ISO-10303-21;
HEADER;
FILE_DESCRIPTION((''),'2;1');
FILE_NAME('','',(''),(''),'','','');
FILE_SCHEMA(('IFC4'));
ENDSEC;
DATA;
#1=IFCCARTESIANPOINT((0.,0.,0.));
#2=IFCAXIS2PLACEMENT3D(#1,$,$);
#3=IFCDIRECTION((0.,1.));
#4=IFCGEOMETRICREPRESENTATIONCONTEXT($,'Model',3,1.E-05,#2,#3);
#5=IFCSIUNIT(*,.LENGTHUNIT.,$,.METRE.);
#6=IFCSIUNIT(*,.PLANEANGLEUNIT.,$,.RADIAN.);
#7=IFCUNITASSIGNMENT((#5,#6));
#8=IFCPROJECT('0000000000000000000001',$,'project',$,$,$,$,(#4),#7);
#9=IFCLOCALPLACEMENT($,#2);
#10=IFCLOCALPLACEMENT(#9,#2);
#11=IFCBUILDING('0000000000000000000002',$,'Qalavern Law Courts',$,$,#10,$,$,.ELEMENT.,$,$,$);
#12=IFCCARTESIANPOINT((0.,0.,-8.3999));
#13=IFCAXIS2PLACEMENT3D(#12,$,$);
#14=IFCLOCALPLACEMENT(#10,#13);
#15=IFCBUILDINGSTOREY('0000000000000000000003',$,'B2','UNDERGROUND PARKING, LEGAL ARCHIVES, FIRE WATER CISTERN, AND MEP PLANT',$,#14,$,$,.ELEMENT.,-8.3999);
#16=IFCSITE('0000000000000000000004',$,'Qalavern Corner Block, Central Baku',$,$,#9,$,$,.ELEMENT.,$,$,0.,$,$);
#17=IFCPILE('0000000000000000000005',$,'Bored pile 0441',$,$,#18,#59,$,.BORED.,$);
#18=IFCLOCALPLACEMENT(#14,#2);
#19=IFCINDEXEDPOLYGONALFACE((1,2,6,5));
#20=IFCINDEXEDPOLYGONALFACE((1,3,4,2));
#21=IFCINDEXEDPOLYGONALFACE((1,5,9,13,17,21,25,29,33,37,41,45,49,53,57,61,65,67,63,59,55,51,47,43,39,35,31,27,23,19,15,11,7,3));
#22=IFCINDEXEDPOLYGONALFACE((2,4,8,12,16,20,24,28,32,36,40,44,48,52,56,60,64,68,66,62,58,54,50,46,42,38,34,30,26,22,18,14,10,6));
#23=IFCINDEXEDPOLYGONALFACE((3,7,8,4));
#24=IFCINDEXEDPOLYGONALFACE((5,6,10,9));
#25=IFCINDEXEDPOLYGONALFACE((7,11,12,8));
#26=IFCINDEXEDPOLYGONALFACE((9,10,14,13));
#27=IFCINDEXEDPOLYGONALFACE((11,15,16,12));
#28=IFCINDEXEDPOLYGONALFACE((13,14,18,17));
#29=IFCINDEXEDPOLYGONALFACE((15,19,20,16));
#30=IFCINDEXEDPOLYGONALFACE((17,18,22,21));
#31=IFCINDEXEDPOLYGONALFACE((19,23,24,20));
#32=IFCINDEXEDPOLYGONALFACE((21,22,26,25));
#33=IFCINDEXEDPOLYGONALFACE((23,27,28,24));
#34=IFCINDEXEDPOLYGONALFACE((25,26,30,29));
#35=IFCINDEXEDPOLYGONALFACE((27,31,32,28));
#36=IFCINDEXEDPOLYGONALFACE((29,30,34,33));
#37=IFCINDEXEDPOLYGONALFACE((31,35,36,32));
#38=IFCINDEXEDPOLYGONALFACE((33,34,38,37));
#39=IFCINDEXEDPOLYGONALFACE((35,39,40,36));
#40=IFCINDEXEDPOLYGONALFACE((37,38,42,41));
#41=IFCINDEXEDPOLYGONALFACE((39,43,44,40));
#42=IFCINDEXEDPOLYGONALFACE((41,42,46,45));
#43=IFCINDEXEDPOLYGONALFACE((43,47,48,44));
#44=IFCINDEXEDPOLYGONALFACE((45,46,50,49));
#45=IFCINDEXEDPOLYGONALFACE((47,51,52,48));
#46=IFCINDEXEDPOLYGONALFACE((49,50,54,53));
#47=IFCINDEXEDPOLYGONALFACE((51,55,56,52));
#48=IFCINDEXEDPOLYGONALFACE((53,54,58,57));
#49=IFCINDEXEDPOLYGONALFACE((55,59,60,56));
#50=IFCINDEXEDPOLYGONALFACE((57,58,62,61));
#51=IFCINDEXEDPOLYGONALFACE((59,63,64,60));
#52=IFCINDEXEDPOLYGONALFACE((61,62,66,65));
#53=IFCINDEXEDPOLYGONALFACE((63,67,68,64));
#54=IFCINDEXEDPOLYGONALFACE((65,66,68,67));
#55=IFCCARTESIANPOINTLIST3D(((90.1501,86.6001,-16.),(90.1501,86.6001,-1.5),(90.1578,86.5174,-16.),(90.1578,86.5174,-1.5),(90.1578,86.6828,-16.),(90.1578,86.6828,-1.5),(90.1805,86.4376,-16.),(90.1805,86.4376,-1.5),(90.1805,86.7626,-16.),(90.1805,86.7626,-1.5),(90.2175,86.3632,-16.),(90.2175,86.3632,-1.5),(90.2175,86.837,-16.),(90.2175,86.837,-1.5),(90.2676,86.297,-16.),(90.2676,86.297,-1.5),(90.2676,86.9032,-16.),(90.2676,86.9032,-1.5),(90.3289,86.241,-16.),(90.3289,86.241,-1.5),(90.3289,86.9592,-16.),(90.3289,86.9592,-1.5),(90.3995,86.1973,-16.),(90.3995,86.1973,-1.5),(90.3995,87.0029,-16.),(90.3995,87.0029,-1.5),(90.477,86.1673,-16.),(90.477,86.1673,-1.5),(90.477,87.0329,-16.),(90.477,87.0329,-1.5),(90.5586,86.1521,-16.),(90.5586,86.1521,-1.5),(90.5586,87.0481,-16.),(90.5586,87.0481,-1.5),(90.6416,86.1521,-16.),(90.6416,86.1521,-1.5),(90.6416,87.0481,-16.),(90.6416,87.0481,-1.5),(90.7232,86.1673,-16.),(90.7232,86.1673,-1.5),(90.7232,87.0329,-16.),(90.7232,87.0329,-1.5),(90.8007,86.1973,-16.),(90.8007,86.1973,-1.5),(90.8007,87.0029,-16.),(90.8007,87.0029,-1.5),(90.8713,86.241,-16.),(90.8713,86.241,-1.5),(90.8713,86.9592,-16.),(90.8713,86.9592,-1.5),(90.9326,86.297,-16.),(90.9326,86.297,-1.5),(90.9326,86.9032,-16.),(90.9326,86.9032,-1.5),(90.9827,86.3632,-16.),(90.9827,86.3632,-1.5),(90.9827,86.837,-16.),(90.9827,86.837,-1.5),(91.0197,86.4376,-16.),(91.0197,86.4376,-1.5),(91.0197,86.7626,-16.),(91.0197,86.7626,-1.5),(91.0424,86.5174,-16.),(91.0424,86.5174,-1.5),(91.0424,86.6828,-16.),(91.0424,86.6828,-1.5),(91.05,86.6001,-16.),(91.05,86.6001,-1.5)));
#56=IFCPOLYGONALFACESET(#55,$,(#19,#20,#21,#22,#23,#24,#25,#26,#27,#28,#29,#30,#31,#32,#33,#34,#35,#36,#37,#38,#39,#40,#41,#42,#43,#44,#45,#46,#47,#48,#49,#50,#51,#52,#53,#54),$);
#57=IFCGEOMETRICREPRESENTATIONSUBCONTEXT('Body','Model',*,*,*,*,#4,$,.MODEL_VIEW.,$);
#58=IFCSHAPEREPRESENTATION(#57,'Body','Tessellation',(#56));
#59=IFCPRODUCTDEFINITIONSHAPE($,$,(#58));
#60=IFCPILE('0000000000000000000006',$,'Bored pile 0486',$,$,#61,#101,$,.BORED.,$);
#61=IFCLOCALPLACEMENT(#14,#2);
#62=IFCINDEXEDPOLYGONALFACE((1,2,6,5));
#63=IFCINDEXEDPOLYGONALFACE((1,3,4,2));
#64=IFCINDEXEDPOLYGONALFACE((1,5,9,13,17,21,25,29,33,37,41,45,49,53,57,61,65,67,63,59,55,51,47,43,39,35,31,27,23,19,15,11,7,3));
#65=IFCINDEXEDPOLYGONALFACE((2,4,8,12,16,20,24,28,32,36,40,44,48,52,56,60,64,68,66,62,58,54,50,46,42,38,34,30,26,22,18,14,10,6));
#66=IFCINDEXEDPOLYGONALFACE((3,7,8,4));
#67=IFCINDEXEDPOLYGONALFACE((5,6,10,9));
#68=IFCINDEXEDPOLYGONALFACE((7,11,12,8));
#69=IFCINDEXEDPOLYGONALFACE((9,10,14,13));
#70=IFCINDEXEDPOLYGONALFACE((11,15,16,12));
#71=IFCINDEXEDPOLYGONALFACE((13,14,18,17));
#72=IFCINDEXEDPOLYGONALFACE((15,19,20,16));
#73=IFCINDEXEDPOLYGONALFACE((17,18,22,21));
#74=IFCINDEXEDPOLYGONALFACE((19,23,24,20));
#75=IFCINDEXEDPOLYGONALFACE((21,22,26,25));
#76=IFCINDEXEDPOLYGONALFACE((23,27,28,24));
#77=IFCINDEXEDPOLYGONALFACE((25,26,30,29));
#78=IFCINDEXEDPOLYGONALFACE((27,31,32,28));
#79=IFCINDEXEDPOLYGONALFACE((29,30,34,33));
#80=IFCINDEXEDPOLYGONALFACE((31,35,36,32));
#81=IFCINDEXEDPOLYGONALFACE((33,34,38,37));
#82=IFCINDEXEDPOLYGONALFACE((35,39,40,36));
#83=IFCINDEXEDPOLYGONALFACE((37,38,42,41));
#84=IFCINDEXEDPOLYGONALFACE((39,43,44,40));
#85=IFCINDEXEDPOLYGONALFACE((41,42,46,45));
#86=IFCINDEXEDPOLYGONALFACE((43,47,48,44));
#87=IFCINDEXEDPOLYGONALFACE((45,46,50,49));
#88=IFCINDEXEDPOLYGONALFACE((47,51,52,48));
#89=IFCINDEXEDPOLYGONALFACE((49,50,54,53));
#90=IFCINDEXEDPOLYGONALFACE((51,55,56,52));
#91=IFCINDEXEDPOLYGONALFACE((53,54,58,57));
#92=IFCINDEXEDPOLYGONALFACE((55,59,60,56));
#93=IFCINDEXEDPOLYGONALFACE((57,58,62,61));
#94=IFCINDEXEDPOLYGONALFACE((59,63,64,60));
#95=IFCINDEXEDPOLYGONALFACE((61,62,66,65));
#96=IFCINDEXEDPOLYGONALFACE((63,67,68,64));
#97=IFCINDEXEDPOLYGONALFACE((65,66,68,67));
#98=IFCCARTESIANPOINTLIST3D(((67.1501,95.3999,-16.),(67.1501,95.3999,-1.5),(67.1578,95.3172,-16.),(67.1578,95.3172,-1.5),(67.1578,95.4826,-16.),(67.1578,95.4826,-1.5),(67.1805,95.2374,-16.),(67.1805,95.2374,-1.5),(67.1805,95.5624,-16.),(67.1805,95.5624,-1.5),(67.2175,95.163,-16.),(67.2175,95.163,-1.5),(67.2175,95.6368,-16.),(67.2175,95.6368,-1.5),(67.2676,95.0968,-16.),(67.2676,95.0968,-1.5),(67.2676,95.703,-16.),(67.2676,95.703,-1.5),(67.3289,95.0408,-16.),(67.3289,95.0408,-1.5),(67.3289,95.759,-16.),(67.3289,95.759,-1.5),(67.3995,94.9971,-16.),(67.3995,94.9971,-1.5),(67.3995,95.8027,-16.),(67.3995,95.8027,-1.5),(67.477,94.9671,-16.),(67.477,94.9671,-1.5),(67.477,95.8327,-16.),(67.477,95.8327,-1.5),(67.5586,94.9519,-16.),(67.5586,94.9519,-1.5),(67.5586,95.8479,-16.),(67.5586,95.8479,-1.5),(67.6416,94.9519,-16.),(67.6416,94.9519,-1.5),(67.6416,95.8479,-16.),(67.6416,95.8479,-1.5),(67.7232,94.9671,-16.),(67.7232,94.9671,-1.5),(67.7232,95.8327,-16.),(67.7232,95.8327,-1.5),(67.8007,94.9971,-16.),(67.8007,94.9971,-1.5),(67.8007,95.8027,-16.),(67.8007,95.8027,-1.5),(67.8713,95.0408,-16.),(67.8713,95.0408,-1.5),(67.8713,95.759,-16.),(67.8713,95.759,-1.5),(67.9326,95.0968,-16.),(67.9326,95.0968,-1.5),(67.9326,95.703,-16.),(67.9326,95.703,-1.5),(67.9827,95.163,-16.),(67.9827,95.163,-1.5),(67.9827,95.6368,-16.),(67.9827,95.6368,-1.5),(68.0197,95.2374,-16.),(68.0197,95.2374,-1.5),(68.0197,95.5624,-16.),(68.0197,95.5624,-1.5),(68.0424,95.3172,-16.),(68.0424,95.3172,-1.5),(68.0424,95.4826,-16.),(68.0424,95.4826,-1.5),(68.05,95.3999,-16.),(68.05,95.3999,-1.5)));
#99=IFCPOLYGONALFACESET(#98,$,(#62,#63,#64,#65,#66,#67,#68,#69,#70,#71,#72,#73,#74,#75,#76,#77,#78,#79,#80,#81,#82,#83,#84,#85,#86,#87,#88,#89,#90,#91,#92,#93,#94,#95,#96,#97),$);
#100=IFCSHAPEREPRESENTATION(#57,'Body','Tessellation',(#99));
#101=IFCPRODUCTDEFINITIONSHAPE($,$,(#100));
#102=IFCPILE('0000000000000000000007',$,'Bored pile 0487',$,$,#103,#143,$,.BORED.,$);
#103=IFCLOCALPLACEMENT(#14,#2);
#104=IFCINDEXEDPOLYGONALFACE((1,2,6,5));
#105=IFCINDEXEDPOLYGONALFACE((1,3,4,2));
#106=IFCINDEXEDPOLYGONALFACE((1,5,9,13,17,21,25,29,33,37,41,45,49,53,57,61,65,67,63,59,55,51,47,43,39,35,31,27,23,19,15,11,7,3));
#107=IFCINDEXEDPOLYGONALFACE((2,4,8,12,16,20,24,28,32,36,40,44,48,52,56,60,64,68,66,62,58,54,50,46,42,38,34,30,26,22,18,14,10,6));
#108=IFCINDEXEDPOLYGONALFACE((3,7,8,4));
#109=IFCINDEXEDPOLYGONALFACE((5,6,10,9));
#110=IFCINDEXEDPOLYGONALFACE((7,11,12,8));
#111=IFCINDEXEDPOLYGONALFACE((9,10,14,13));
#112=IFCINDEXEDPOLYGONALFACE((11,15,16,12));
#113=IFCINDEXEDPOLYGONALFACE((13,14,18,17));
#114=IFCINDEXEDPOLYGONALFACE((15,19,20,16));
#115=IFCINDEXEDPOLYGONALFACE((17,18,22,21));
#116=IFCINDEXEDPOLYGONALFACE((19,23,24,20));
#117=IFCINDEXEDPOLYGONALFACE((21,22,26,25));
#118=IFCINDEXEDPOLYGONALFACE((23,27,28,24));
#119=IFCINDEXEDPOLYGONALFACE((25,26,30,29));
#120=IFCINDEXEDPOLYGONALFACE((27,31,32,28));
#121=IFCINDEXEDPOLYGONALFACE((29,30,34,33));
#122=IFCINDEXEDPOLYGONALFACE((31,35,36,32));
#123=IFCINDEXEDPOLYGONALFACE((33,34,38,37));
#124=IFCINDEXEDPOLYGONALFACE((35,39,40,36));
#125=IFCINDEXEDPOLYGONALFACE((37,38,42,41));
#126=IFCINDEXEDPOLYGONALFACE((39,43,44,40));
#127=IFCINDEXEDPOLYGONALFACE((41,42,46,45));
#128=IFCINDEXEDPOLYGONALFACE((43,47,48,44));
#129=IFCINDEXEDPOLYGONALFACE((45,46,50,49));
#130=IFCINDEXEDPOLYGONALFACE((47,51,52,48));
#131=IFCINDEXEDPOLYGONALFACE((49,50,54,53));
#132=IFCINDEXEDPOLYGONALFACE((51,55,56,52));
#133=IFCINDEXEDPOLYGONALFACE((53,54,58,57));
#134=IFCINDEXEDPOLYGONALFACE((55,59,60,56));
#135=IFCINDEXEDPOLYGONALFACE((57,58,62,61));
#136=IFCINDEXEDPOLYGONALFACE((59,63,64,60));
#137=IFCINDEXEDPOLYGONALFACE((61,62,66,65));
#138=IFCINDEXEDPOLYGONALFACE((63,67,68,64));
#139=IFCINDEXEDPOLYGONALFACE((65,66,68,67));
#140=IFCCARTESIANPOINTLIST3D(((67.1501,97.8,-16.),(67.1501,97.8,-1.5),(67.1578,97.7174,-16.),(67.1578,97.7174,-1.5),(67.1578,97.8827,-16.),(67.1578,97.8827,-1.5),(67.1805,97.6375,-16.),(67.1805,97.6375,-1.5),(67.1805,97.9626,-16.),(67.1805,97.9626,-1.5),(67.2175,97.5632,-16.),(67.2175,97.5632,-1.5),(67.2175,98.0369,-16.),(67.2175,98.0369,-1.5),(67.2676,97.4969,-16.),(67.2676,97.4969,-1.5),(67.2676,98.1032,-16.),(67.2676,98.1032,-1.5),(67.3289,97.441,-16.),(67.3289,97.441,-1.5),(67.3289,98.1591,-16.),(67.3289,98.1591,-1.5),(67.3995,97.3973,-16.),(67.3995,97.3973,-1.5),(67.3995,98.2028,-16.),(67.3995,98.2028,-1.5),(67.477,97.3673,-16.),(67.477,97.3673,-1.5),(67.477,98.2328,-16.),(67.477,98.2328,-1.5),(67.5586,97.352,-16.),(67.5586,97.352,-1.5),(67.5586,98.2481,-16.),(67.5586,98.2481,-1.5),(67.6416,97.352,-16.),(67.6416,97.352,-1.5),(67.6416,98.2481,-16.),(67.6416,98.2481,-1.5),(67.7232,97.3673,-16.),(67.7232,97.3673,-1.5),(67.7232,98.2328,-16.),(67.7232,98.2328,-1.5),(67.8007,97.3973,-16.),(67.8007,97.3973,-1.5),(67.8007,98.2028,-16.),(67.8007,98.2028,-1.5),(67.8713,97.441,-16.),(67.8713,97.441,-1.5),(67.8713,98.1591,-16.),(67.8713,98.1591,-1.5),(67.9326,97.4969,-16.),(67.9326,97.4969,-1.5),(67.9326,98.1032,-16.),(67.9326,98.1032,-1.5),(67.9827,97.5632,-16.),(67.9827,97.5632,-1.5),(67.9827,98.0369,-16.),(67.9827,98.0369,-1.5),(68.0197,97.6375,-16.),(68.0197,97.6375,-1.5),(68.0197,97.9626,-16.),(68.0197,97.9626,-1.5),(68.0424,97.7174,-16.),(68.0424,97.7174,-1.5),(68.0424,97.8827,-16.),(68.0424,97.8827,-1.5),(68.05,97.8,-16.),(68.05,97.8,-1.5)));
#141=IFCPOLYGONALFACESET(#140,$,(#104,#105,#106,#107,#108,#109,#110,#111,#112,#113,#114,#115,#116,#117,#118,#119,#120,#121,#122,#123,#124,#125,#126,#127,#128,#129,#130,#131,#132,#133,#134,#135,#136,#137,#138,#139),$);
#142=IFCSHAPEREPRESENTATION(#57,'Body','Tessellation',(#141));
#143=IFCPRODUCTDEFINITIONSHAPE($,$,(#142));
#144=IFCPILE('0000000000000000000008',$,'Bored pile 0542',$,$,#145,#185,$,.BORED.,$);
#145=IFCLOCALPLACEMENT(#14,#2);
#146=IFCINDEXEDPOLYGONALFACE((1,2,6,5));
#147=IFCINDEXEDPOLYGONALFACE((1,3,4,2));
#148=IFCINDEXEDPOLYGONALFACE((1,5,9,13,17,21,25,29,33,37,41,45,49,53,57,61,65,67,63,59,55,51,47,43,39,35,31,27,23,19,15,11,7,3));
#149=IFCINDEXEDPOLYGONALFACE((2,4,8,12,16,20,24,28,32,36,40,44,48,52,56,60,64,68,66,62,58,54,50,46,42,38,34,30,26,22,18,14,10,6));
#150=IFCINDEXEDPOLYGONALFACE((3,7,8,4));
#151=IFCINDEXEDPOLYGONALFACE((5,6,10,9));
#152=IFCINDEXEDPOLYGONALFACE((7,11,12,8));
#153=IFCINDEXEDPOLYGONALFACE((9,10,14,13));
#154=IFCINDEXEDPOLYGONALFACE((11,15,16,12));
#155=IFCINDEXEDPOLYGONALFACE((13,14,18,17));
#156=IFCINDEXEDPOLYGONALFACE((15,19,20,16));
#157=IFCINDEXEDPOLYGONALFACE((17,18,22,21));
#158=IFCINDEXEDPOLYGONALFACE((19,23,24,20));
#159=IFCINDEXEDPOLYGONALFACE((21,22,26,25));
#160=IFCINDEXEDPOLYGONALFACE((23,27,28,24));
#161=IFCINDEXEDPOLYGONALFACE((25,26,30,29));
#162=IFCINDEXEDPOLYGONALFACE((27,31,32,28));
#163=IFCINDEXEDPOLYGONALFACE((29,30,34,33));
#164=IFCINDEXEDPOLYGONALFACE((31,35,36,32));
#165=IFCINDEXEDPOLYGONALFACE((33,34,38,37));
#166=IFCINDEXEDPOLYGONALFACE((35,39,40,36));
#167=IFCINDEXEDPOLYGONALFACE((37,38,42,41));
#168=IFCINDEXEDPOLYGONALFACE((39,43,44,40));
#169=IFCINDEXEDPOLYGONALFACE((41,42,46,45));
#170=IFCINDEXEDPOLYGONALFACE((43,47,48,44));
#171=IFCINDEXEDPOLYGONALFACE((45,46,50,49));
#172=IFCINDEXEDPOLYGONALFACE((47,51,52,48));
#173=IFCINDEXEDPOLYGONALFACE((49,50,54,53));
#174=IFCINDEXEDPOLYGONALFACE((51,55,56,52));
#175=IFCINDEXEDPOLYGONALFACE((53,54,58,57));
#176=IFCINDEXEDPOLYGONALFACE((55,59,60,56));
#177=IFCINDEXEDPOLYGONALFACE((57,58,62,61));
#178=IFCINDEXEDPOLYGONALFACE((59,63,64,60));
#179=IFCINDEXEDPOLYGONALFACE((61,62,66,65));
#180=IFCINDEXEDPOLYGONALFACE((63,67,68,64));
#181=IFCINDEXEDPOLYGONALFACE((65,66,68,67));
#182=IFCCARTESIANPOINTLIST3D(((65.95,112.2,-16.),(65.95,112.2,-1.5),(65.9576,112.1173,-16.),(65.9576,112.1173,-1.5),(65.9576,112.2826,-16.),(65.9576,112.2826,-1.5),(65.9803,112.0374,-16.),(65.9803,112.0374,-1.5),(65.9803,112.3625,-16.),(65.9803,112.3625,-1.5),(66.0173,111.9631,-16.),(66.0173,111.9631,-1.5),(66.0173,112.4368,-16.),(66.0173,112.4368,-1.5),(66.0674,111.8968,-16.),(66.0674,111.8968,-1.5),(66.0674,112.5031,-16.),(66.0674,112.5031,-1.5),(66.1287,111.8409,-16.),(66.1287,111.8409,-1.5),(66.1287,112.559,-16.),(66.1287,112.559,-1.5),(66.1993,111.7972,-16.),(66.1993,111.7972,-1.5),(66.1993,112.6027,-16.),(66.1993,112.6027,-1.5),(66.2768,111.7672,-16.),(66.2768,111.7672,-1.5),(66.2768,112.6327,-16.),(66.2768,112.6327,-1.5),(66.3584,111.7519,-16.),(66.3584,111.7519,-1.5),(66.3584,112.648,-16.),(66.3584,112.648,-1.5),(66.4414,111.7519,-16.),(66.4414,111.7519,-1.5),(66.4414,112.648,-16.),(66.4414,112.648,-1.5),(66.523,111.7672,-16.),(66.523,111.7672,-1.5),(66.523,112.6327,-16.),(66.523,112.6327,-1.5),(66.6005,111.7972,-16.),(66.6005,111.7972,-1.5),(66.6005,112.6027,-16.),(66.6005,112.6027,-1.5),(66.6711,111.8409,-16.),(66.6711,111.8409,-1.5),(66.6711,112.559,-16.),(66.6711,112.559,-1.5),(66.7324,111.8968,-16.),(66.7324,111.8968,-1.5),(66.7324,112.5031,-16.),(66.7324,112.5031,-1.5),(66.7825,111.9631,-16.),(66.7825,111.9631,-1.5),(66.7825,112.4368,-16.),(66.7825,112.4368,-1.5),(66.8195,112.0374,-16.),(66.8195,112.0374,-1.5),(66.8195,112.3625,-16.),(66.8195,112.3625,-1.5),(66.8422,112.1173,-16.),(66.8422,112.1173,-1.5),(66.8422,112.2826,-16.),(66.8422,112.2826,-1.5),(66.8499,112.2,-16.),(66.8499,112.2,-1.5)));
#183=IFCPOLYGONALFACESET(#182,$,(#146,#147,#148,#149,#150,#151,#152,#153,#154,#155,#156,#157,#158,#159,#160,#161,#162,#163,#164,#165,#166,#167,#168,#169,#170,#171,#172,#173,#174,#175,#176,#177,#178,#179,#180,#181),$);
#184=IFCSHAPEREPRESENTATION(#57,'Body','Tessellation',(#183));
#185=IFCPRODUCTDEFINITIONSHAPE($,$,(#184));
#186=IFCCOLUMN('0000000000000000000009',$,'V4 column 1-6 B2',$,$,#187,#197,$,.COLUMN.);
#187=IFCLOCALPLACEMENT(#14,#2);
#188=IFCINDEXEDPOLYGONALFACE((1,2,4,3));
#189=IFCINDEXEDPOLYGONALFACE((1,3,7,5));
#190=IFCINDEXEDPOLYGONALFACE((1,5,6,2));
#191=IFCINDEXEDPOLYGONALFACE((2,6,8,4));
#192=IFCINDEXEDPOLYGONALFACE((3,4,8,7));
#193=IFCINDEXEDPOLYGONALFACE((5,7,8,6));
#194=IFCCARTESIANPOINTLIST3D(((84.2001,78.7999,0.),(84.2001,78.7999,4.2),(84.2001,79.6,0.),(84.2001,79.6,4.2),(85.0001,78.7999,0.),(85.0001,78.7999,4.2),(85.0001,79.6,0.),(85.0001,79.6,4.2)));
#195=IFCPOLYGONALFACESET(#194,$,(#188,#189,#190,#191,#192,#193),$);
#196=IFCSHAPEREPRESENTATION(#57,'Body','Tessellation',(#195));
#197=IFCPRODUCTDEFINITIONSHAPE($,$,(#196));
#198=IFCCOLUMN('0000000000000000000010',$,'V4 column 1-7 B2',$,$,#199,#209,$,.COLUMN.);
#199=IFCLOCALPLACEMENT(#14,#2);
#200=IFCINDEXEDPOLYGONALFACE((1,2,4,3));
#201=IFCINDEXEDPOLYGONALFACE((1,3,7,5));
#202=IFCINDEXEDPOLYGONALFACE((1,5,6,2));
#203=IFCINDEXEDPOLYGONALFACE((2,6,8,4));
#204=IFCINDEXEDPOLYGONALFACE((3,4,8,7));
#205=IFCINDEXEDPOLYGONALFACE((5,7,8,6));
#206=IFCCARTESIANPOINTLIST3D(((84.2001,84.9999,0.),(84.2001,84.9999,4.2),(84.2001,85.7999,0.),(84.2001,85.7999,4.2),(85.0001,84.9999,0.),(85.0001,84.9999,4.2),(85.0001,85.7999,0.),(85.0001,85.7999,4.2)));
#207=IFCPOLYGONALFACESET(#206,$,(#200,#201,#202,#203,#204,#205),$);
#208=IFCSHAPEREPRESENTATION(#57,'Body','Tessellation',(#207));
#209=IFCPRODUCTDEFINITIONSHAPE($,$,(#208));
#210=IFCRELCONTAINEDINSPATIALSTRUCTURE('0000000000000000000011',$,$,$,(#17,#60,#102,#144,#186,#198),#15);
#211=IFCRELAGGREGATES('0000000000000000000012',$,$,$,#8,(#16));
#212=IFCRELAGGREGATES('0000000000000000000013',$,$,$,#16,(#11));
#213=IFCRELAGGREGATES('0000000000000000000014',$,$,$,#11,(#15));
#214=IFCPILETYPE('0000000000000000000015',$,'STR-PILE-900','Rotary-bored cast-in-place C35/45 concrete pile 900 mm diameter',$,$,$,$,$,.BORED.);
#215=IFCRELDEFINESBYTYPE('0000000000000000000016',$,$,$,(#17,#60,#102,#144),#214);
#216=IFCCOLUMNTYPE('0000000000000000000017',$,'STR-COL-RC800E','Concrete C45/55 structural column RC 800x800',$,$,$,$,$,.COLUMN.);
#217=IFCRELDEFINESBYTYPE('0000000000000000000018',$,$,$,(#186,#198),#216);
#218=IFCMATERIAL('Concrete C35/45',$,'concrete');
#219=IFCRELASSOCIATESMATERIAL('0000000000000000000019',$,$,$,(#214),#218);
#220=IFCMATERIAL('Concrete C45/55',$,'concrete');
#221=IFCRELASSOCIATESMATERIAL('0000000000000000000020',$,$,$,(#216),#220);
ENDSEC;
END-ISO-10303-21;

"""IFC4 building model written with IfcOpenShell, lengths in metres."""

from ifc_helpers import new_model, si_unit, direction, frame, origin, origin_2d, place, context, subcontext, project, spatial, rectangle, circle, extrude, material, material_profile, profile_set, type_object, element, save


model = new_model("IFC4")

# Units and contexts
model_context = context("Model", 3, precision=1e-05, world=origin(), true_north=direction((0.0, 1.0)))
body_context = subcontext(model_context, "Body", "Model", "MODEL_VIEW")
ifc_project = project(units=[si_unit("LENGTHUNIT", "METRE"), si_unit("PLANEANGLEUNIT", "RADIAN")], contexts=[model_context])

# Site, building, storey
site_placement = place(None, origin())
site = spatial("IfcSite", under=ifc_project, at=site_placement, Name="Qalavern Corner Block, Central Baku", CompositionType="ELEMENT", RefElevation=0.0)
building_placement = place(site_placement, origin())
building = spatial("IfcBuilding", under=site, at=building_placement, Name="Qalavern Law Courts", CompositionType="ELEMENT")
storey_placement = place(building_placement, frame((0.0, 0.0, -8.3999)))
storey = spatial("IfcBuildingStorey", under=building, at=storey_placement, Name="B2", Description="UNDERGROUND PARKING, LEGAL ARCHIVES, FIRE WATER CISTERN, AND MEP PLANT", CompositionType="ELEMENT", Elevation=-8.3999)

# Shared definitions
ifc_material_1 = material(Name="Concrete C35/45", Category="concrete")

# Piles
ifc_material_profile_1 = material_profile(ifc_material_1, circle(Radius=0.45, at=origin_2d()), Name="BORED PILE 900")
ifc_profile_set_1 = profile_set([ifc_material_profile_1], Name="Concrete C35/45")
pile_type_1 = type_object("IfcPileType", Name="STR-PILE-900", Description="Rotary-bored cast-in-place C35/45 concrete pile 900 mm diameter", PredefinedType="BORED", material=ifc_profile_set_1)
for number, where, z_axis, x_axis, name in (
    (1, (90.6001, 86.6001, -1.5), (0.0, 0.0, -1.0), (1.0, 0.0, 0.0), "Bored pile 0441"),
    (2, (67.6001, 95.3999, -1.5), (0.0, 0.0, -1.0), (1.0, 0.0, 0.0), "Bored pile 0486"),
    (3, (67.6001, 97.8, -1.5), (0.0, 0.0, -1.0), (1.0, 0.0, 0.0), "Bored pile 0487"),
    (4, (66.3999, 112.2, -1.5), (0.0, 0.0, -1.0), (1.0, 0.0, 0.0), "Bored pile 0542"),
):
    element("IfcPile", number, at=place(storey_placement, frame(where, z_axis=z_axis, x_axis=x_axis)), inside=storey, type_object=pile_type_1, Name=name, PredefinedType="BORED", context=body_context, shape_type="SweptSolid", body=[
        extrude(circle(Radius=0.45, at=origin_2d()), origin(), (0.0, 0.0, 1.0), 14.5),
    ])

# Columns
ifc_material_2 = material(Name="Concrete C45/55", Category="concrete")
ifc_material_profile_2 = material_profile(ifc_material_2, rectangle(XDim=0.8, YDim=0.8, at=origin_2d()), Name="RC 800x800")
ifc_profile_set_2 = profile_set([ifc_material_profile_2], Name="Concrete C45/55")
column_type_1 = type_object("IfcColumnType", Name="STR-COL-RC800E", Description="Concrete C45/55 structural column RC 800x800", PredefinedType="COLUMN", material=ifc_profile_set_2)
for number, where, z_axis, x_axis, name in (
    (5, (84.6001, 79.2, 0.0), (0.0, 0.0, 1.0), (1.0, 0.0, 0.0), "V4 column 1-6 B2"),
    (6, (84.6001, 85.3999, 0.0), (0.0, 0.0, 1.0), (1.0, 0.0, 0.0), "V4 column 1-7 B2"),
):
    element("IfcColumn", number, at=place(storey_placement, frame(where, z_axis=z_axis, x_axis=x_axis)), inside=storey, type_object=column_type_1, Name=name, PredefinedType="COLUMN", context=body_context, shape_type="SweptSolid", body=[
        extrude(rectangle(XDim=0.8, YDim=0.8, at=origin_2d()), origin(), (0.0, 0.0, 1.0), 4.2),
    ])

save(model, "model.ifc")
